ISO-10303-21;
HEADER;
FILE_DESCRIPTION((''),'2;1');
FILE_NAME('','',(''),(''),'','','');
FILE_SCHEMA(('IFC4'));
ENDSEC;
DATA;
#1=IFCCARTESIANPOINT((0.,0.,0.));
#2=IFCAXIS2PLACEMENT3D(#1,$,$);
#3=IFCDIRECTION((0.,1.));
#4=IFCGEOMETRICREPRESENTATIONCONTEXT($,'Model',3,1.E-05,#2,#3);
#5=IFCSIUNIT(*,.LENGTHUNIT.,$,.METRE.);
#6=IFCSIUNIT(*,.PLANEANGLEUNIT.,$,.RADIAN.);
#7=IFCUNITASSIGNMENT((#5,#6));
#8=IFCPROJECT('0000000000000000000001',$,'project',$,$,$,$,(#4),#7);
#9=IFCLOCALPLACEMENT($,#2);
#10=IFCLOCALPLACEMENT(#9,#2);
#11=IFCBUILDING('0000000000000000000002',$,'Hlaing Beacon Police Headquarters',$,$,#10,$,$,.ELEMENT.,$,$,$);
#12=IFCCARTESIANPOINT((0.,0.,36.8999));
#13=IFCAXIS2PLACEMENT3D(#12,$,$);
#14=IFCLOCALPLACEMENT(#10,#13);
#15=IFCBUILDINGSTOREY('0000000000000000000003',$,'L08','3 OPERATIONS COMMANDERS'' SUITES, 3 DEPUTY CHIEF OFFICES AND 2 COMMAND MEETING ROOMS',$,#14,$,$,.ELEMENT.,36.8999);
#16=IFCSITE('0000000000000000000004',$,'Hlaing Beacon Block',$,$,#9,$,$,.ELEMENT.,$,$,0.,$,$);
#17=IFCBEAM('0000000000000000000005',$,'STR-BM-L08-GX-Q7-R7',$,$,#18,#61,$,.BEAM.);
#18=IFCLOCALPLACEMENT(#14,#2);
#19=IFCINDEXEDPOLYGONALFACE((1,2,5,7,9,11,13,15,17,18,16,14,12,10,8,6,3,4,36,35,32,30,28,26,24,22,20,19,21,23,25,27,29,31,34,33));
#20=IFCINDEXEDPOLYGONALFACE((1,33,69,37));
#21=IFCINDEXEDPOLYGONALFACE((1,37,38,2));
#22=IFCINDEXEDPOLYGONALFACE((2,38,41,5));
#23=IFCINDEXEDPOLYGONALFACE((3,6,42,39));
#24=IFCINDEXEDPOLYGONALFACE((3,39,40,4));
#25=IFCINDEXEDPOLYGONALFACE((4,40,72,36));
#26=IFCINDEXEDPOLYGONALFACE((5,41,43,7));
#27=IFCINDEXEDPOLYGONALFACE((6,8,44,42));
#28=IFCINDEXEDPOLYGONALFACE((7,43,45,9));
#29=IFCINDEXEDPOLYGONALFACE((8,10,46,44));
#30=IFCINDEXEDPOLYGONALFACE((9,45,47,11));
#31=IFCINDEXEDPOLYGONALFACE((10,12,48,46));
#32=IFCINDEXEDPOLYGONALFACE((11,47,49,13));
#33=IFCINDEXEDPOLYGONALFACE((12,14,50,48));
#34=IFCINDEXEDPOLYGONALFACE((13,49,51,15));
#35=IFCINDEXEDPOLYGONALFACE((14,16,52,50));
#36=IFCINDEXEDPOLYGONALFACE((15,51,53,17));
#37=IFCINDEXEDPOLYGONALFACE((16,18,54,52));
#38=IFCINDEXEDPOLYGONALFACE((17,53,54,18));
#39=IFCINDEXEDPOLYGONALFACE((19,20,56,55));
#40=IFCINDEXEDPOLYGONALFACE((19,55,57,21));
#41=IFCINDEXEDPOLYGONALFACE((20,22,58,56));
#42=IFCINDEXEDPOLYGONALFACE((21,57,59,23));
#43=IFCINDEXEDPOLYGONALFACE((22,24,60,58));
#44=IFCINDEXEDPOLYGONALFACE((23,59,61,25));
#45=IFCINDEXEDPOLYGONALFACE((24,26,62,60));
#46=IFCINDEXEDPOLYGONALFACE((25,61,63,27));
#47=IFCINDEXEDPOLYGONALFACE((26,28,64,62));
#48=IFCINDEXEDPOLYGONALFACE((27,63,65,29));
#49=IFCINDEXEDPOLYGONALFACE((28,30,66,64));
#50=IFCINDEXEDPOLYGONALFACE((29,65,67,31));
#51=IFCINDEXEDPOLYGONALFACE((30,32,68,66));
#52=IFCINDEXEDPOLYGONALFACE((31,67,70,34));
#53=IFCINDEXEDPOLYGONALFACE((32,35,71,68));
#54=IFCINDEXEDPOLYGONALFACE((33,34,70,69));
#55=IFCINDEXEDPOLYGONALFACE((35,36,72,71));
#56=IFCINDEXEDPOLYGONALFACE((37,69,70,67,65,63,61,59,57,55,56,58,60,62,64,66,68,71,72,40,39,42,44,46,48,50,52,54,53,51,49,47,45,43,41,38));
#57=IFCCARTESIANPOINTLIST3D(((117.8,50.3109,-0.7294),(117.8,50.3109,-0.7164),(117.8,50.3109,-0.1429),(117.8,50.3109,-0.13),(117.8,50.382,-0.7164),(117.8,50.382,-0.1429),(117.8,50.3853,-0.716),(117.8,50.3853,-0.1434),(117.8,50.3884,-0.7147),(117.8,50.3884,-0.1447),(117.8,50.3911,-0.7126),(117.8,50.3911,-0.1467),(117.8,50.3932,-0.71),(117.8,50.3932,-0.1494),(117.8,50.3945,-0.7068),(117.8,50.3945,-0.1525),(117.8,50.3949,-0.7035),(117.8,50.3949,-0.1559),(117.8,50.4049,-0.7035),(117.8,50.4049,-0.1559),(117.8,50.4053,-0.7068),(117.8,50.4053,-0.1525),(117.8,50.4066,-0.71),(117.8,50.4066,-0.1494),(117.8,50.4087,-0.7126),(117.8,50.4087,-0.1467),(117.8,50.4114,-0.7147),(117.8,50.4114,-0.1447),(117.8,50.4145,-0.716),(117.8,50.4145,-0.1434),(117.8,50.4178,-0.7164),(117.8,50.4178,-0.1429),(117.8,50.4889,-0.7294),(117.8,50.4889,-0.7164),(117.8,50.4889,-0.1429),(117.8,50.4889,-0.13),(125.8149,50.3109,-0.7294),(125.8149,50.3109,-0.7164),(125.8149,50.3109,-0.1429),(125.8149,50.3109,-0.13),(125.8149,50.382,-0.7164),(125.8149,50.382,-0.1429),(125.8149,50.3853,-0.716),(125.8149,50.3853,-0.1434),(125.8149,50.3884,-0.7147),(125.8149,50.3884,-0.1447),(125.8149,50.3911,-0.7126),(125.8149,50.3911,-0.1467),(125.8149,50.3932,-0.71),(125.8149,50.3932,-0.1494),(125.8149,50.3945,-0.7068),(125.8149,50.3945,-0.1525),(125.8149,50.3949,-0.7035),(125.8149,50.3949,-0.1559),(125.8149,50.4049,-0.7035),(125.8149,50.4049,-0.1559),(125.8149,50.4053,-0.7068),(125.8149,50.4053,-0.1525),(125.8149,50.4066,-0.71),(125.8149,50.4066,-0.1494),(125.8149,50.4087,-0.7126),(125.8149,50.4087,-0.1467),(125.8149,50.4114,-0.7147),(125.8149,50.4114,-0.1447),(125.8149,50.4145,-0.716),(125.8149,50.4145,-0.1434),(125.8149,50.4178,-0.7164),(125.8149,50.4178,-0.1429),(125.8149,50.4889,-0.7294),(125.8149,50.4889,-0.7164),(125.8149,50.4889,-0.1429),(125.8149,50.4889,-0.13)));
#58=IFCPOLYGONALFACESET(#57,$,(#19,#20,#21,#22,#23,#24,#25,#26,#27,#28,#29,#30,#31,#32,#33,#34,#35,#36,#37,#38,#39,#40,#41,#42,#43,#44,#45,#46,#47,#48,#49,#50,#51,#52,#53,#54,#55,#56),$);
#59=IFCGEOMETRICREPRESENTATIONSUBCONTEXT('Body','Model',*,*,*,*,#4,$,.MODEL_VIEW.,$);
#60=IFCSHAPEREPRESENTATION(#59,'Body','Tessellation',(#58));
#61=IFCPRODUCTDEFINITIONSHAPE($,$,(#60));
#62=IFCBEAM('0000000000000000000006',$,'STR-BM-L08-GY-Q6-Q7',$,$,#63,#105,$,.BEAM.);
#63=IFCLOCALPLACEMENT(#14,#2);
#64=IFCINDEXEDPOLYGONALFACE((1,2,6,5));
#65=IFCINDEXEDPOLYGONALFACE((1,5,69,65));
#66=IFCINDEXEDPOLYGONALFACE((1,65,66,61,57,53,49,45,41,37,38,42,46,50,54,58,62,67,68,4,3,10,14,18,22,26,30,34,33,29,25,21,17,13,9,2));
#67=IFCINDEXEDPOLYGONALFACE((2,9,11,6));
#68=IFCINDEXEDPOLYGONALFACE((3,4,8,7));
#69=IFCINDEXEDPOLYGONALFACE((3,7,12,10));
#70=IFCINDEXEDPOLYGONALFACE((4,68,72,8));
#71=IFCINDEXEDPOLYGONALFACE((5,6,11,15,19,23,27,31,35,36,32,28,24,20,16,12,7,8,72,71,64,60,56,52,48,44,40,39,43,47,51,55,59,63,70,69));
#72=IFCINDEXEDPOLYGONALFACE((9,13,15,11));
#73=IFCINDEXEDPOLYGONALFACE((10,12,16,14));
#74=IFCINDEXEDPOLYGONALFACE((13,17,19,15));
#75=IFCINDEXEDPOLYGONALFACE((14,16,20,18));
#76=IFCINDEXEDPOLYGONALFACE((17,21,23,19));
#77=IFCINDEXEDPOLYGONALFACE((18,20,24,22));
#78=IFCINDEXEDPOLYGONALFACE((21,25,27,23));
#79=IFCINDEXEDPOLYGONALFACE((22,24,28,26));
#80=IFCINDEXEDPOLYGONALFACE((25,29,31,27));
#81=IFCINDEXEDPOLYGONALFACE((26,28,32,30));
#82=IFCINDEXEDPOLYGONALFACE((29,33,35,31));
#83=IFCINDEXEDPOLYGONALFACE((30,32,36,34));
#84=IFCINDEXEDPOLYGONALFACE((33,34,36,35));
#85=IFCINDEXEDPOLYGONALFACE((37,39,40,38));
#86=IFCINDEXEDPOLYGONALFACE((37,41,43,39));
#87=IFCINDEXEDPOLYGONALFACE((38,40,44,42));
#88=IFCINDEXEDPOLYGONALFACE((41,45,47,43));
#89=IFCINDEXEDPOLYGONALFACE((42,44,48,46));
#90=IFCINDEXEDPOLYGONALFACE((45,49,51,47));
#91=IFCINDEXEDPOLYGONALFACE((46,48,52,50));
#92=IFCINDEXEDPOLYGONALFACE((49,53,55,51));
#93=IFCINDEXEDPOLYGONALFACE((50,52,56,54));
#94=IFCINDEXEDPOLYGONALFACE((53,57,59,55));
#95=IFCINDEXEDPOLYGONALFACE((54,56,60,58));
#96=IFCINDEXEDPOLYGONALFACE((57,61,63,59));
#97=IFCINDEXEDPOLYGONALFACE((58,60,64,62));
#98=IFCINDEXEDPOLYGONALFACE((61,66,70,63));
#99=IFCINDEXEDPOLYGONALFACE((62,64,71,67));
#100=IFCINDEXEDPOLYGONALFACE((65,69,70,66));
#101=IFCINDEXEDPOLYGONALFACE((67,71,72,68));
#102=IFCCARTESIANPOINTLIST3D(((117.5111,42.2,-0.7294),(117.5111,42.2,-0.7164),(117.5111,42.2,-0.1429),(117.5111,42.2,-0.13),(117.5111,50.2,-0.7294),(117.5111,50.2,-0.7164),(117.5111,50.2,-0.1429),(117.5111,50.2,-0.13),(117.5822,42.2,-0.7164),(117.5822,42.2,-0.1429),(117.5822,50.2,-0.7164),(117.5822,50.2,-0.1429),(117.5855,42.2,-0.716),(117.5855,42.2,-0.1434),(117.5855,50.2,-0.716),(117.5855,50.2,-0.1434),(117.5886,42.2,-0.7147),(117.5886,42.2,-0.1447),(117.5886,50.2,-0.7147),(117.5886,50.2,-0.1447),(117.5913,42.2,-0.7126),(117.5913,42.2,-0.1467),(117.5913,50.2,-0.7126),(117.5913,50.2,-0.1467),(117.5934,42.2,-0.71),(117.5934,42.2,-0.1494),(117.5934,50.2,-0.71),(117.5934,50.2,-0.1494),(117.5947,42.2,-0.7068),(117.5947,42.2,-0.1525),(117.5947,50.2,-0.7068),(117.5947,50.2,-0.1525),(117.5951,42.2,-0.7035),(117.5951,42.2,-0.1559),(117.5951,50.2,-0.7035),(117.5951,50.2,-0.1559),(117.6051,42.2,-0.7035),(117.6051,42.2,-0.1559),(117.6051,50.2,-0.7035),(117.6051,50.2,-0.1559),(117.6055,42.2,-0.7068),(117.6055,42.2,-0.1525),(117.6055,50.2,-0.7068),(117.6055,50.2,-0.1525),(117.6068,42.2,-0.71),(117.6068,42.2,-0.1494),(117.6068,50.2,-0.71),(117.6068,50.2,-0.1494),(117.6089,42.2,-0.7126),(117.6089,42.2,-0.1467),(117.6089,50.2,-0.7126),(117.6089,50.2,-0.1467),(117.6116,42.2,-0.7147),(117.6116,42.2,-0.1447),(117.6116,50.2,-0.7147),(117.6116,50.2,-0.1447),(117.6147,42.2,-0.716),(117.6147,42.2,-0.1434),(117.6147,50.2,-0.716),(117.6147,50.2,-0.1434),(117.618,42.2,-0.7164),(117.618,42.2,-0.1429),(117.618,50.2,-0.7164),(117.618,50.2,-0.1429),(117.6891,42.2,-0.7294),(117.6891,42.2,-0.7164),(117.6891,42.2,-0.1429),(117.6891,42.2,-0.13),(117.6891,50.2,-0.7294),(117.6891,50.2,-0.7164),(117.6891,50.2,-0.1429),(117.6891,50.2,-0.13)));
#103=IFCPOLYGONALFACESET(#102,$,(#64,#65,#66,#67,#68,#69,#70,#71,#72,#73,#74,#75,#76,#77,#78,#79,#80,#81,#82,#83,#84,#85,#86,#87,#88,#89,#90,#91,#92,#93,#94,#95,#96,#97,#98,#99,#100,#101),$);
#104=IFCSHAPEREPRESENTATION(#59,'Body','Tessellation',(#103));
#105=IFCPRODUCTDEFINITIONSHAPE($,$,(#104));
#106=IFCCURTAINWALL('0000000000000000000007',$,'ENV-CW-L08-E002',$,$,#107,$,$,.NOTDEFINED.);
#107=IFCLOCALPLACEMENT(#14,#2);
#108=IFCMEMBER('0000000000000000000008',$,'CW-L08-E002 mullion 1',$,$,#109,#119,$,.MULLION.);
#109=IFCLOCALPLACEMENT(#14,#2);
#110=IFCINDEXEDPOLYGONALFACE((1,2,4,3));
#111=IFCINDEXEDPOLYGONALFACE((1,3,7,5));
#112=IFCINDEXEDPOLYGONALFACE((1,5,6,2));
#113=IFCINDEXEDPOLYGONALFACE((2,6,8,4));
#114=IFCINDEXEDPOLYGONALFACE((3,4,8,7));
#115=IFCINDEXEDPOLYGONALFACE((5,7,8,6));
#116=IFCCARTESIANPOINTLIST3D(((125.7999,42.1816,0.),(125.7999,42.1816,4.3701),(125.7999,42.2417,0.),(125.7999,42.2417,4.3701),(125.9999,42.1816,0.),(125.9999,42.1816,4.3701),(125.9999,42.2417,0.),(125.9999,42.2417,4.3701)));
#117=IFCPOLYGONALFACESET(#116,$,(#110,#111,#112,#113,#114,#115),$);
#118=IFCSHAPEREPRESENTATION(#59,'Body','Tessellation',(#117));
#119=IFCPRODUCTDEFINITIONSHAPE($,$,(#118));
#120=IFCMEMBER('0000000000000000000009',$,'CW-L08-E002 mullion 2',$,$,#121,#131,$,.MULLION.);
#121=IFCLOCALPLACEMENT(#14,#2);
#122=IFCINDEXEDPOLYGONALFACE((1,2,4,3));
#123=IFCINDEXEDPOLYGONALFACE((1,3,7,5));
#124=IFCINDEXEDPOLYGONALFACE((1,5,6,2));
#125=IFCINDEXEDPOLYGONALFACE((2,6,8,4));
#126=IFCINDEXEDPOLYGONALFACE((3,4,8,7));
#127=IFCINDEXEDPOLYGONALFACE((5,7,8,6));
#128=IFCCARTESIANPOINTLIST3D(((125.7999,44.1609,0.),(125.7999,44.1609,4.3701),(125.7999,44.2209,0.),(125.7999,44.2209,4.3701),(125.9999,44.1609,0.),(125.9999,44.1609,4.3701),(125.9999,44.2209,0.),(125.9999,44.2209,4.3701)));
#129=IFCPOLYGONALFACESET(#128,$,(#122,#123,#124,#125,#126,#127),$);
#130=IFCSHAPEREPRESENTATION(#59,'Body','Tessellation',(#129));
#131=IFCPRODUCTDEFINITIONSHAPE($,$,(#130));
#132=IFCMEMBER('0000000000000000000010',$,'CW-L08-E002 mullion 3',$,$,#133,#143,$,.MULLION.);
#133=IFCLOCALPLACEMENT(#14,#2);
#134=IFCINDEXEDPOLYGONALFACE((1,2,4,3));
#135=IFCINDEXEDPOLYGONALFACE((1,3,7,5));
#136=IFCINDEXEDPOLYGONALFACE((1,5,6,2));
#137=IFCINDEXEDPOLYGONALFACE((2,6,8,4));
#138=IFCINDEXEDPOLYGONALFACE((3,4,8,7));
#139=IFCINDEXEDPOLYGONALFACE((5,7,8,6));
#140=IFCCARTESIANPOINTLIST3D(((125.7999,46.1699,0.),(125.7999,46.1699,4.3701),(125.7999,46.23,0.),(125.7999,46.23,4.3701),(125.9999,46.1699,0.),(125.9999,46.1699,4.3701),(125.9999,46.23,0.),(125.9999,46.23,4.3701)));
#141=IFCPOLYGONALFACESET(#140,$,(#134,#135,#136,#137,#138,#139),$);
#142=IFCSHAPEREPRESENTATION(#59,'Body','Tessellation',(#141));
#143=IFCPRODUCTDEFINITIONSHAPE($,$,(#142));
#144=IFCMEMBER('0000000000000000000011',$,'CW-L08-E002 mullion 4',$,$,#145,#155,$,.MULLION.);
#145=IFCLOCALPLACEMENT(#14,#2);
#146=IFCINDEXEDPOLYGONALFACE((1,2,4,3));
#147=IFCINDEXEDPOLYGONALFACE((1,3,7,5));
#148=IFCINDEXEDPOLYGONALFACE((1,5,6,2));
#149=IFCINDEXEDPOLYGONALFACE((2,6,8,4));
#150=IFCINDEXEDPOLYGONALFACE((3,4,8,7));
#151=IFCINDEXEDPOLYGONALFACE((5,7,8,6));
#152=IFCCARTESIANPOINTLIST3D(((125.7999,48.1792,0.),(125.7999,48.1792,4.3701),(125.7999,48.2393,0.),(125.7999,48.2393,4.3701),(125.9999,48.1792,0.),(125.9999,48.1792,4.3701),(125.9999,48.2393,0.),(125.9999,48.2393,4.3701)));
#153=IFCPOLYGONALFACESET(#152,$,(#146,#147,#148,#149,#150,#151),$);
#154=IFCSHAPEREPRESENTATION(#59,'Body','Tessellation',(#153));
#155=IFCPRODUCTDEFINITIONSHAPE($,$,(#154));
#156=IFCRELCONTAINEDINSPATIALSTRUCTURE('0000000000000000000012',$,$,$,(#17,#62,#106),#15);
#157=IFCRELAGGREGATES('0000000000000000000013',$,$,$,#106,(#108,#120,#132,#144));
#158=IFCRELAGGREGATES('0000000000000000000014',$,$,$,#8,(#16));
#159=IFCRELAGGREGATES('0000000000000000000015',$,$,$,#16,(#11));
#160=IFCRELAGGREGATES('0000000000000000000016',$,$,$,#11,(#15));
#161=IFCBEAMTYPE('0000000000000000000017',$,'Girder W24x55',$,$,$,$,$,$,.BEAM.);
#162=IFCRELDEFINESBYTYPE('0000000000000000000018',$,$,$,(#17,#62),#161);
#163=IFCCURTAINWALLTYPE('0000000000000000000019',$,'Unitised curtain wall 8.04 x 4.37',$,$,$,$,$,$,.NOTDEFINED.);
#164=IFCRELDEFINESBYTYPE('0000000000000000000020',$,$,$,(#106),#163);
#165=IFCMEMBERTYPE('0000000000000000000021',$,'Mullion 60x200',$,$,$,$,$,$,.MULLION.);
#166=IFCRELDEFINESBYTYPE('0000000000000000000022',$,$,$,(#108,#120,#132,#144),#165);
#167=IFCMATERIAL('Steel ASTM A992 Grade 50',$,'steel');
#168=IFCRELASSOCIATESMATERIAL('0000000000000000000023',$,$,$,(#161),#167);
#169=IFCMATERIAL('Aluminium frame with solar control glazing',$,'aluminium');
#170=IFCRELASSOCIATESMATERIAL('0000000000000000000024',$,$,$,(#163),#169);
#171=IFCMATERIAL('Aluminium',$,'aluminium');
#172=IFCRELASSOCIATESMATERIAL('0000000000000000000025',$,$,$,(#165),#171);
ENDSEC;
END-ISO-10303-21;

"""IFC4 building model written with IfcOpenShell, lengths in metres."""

from ifc_helpers import new_model, si_unit, direction, frame, origin, origin_2d, place, context, subcontext, project, spatial, rectangle, i_section, extrude, material, material_profile, profile_set, type_object, element, aggregate, save


model = new_model("IFC4")

# Units and contexts
model_context = context("Model", 3, precision=1e-05, world=origin(), true_north=direction((0.0, 1.0)))
body_context = subcontext(model_context, "Body", "Model", "MODEL_VIEW")
ifc_project = project(units=[si_unit("LENGTHUNIT", "METRE"), si_unit("PLANEANGLEUNIT", "RADIAN")], contexts=[model_context])

# Site, building, storey
site_placement = place(None, origin())
site = spatial("IfcSite", under=ifc_project, at=site_placement, Name="Hlaing Beacon Block", CompositionType="ELEMENT", RefElevation=0.0)
building_placement = place(site_placement, origin())
building = spatial("IfcBuilding", under=site, at=building_placement, Name="Hlaing Beacon Police Headquarters", CompositionType="ELEMENT")
storey_placement = place(building_placement, frame((0.0, 0.0, 36.8999)))
storey = spatial("IfcBuildingStorey", under=building, at=storey_placement, Name="L08", Description="3 OPERATIONS COMMANDERS' SUITES, 3 DEPUTY CHIEF OFFICES AND 2 COMMAND MEETING ROOMS", CompositionType="ELEMENT", Elevation=36.8999)

# Beams
ifc_material_1 = material(Name="Steel ASTM A992 Grade 50", Category="steel")
ifc_material_profile_1 = material_profile(ifc_material_1, i_section(OverallWidth=0.178, OverallDepth=0.5994, WebThickness=0.01, FlangeThickness=0.0129, FilletRadius=0.0129, at=origin_2d()), Name="W24x55")
ifc_profile_set_1 = profile_set([ifc_material_profile_1], Name="Steel ASTM A992 Grade 50")
beam_type_1 = type_object("IfcBeamType", Name="Girder W24x55", PredefinedType="BEAM", material=ifc_profile_set_1)
beam_1_placement = place(storey_placement, frame((117.8, 50.3999, -0.4297), z_axis=(1.0, 0.0, 0.0), x_axis=(0.0, 1.0, 0.0)))
element("IfcBeam", 1, at=beam_1_placement, inside=storey, type_object=beam_type_1, Name="STR-BM-L08-GX-Q7-R7", PredefinedType="BEAM", context=body_context, shape_type="SweptSolid", body=[
    extrude(i_section(OverallWidth=0.178, OverallDepth=0.5994, WebThickness=0.01, FlangeThickness=0.0129, FilletRadius=0.0129, at=origin_2d()), origin(), (0.0, 0.0, 1.0), 8.0149),
])
beam_2_placement = place(storey_placement, frame((117.6001, 42.2, -0.4297), z_axis=(0.0, 1.0, 0.0), x_axis=(-1.0, 0.0, 0.0)))
element("IfcBeam", 2, at=beam_2_placement, inside=storey, type_object=beam_type_1, Name="STR-BM-L08-GY-Q6-Q7", PredefinedType="BEAM", context=body_context, shape_type="SweptSolid", body=[
    extrude(i_section(OverallWidth=0.178, OverallDepth=0.5994, WebThickness=0.01, FlangeThickness=0.0129, FilletRadius=0.0129, at=origin_2d()), origin(), (0.0, 0.0, 1.0), 8.0),
])

# Curtain wall, members
ifc_material_2 = material(Name="Aluminium frame with solar control glazing", Category="aluminium")
curtain_wall_type = type_object("IfcCurtainWallType", Name="Unitised curtain wall 8.04 x 4.37", PredefinedType="NOTDEFINED", material=ifc_material_2)
curtain_wall_placement = place(storey_placement, origin())
curtain_wall = element("IfcCurtainWall", 3, at=curtain_wall_placement, inside=storey, type_object=curtain_wall_type, Name="ENV-CW-L08-E002", PredefinedType="NOTDEFINED")
ifc_material_3 = material(Name="Aluminium", Category="aluminium")
ifc_material_profile_2 = material_profile(ifc_material_3, rectangle(XDim=0.2, YDim=0.0601, at=origin_2d()), Name="Mullion 60x200")
ifc_profile_set_2 = profile_set([ifc_material_profile_2], Name="Aluminium")
member_type_1 = type_object("IfcMemberType", Name="Mullion 60x200", PredefinedType="MULLION", material=ifc_profile_set_2)
member_1_placement = place(storey_placement, frame((125.8999, 42.2117, 0.0), z_axis=(0.0, 0.0, 1.0), x_axis=(-1.0, 0.0, 0.0)))
member_1 = element("IfcMember", 4, at=member_1_placement, type_object=member_type_1, Name="CW-L08-E002 mullion 1", PredefinedType="MULLION", context=body_context, shape_type="SweptSolid", body=[
    extrude(rectangle(XDim=0.2, YDim=0.0601, at=origin_2d()), origin(), (0.0, 0.0, 1.0), 4.3701),
])
member_2_placement = place(storey_placement, frame((125.8999, 44.1909, 0.0), z_axis=(0.0, 0.0, 1.0), x_axis=(-1.0, 0.0, 0.0)))
member_2 = element("IfcMember", 5, at=member_2_placement, type_object=member_type_1, Name="CW-L08-E002 mullion 2", PredefinedType="MULLION", context=body_context, shape_type="SweptSolid", body=[
    extrude(rectangle(XDim=0.2, YDim=0.0601, at=origin_2d()), origin(), (0.0, 0.0, 1.0), 4.3701),
])
member_3_placement = place(storey_placement, frame((125.8999, 46.2, 0.0), z_axis=(0.0, 0.0, 1.0), x_axis=(-1.0, 0.0, 0.0)))
member_3 = element("IfcMember", 6, at=member_3_placement, type_object=member_type_1, Name="CW-L08-E002 mullion 3", PredefinedType="MULLION", context=body_context, shape_type="SweptSolid", body=[
    extrude(rectangle(XDim=0.2, YDim=0.0601, at=origin_2d()), origin(), (0.0, 0.0, 1.0), 4.3701),
])
member_4_placement = place(storey_placement, frame((125.8999, 48.2092, 0.0), z_axis=(0.0, 0.0, 1.0), x_axis=(-1.0, 0.0, 0.0)))
member_4 = element("IfcMember", 7, at=member_4_placement, type_object=member_type_1, Name="CW-L08-E002 mullion 4", PredefinedType="MULLION", context=body_context, shape_type="SweptSolid", body=[
    extrude(rectangle(XDim=0.2, YDim=0.0601, at=origin_2d()), origin(), (0.0, 0.0, 1.0), 4.3701),
])

aggregate(curtain_wall, [member_1, member_2, member_3, member_4])

save(model, "model.ifc")
